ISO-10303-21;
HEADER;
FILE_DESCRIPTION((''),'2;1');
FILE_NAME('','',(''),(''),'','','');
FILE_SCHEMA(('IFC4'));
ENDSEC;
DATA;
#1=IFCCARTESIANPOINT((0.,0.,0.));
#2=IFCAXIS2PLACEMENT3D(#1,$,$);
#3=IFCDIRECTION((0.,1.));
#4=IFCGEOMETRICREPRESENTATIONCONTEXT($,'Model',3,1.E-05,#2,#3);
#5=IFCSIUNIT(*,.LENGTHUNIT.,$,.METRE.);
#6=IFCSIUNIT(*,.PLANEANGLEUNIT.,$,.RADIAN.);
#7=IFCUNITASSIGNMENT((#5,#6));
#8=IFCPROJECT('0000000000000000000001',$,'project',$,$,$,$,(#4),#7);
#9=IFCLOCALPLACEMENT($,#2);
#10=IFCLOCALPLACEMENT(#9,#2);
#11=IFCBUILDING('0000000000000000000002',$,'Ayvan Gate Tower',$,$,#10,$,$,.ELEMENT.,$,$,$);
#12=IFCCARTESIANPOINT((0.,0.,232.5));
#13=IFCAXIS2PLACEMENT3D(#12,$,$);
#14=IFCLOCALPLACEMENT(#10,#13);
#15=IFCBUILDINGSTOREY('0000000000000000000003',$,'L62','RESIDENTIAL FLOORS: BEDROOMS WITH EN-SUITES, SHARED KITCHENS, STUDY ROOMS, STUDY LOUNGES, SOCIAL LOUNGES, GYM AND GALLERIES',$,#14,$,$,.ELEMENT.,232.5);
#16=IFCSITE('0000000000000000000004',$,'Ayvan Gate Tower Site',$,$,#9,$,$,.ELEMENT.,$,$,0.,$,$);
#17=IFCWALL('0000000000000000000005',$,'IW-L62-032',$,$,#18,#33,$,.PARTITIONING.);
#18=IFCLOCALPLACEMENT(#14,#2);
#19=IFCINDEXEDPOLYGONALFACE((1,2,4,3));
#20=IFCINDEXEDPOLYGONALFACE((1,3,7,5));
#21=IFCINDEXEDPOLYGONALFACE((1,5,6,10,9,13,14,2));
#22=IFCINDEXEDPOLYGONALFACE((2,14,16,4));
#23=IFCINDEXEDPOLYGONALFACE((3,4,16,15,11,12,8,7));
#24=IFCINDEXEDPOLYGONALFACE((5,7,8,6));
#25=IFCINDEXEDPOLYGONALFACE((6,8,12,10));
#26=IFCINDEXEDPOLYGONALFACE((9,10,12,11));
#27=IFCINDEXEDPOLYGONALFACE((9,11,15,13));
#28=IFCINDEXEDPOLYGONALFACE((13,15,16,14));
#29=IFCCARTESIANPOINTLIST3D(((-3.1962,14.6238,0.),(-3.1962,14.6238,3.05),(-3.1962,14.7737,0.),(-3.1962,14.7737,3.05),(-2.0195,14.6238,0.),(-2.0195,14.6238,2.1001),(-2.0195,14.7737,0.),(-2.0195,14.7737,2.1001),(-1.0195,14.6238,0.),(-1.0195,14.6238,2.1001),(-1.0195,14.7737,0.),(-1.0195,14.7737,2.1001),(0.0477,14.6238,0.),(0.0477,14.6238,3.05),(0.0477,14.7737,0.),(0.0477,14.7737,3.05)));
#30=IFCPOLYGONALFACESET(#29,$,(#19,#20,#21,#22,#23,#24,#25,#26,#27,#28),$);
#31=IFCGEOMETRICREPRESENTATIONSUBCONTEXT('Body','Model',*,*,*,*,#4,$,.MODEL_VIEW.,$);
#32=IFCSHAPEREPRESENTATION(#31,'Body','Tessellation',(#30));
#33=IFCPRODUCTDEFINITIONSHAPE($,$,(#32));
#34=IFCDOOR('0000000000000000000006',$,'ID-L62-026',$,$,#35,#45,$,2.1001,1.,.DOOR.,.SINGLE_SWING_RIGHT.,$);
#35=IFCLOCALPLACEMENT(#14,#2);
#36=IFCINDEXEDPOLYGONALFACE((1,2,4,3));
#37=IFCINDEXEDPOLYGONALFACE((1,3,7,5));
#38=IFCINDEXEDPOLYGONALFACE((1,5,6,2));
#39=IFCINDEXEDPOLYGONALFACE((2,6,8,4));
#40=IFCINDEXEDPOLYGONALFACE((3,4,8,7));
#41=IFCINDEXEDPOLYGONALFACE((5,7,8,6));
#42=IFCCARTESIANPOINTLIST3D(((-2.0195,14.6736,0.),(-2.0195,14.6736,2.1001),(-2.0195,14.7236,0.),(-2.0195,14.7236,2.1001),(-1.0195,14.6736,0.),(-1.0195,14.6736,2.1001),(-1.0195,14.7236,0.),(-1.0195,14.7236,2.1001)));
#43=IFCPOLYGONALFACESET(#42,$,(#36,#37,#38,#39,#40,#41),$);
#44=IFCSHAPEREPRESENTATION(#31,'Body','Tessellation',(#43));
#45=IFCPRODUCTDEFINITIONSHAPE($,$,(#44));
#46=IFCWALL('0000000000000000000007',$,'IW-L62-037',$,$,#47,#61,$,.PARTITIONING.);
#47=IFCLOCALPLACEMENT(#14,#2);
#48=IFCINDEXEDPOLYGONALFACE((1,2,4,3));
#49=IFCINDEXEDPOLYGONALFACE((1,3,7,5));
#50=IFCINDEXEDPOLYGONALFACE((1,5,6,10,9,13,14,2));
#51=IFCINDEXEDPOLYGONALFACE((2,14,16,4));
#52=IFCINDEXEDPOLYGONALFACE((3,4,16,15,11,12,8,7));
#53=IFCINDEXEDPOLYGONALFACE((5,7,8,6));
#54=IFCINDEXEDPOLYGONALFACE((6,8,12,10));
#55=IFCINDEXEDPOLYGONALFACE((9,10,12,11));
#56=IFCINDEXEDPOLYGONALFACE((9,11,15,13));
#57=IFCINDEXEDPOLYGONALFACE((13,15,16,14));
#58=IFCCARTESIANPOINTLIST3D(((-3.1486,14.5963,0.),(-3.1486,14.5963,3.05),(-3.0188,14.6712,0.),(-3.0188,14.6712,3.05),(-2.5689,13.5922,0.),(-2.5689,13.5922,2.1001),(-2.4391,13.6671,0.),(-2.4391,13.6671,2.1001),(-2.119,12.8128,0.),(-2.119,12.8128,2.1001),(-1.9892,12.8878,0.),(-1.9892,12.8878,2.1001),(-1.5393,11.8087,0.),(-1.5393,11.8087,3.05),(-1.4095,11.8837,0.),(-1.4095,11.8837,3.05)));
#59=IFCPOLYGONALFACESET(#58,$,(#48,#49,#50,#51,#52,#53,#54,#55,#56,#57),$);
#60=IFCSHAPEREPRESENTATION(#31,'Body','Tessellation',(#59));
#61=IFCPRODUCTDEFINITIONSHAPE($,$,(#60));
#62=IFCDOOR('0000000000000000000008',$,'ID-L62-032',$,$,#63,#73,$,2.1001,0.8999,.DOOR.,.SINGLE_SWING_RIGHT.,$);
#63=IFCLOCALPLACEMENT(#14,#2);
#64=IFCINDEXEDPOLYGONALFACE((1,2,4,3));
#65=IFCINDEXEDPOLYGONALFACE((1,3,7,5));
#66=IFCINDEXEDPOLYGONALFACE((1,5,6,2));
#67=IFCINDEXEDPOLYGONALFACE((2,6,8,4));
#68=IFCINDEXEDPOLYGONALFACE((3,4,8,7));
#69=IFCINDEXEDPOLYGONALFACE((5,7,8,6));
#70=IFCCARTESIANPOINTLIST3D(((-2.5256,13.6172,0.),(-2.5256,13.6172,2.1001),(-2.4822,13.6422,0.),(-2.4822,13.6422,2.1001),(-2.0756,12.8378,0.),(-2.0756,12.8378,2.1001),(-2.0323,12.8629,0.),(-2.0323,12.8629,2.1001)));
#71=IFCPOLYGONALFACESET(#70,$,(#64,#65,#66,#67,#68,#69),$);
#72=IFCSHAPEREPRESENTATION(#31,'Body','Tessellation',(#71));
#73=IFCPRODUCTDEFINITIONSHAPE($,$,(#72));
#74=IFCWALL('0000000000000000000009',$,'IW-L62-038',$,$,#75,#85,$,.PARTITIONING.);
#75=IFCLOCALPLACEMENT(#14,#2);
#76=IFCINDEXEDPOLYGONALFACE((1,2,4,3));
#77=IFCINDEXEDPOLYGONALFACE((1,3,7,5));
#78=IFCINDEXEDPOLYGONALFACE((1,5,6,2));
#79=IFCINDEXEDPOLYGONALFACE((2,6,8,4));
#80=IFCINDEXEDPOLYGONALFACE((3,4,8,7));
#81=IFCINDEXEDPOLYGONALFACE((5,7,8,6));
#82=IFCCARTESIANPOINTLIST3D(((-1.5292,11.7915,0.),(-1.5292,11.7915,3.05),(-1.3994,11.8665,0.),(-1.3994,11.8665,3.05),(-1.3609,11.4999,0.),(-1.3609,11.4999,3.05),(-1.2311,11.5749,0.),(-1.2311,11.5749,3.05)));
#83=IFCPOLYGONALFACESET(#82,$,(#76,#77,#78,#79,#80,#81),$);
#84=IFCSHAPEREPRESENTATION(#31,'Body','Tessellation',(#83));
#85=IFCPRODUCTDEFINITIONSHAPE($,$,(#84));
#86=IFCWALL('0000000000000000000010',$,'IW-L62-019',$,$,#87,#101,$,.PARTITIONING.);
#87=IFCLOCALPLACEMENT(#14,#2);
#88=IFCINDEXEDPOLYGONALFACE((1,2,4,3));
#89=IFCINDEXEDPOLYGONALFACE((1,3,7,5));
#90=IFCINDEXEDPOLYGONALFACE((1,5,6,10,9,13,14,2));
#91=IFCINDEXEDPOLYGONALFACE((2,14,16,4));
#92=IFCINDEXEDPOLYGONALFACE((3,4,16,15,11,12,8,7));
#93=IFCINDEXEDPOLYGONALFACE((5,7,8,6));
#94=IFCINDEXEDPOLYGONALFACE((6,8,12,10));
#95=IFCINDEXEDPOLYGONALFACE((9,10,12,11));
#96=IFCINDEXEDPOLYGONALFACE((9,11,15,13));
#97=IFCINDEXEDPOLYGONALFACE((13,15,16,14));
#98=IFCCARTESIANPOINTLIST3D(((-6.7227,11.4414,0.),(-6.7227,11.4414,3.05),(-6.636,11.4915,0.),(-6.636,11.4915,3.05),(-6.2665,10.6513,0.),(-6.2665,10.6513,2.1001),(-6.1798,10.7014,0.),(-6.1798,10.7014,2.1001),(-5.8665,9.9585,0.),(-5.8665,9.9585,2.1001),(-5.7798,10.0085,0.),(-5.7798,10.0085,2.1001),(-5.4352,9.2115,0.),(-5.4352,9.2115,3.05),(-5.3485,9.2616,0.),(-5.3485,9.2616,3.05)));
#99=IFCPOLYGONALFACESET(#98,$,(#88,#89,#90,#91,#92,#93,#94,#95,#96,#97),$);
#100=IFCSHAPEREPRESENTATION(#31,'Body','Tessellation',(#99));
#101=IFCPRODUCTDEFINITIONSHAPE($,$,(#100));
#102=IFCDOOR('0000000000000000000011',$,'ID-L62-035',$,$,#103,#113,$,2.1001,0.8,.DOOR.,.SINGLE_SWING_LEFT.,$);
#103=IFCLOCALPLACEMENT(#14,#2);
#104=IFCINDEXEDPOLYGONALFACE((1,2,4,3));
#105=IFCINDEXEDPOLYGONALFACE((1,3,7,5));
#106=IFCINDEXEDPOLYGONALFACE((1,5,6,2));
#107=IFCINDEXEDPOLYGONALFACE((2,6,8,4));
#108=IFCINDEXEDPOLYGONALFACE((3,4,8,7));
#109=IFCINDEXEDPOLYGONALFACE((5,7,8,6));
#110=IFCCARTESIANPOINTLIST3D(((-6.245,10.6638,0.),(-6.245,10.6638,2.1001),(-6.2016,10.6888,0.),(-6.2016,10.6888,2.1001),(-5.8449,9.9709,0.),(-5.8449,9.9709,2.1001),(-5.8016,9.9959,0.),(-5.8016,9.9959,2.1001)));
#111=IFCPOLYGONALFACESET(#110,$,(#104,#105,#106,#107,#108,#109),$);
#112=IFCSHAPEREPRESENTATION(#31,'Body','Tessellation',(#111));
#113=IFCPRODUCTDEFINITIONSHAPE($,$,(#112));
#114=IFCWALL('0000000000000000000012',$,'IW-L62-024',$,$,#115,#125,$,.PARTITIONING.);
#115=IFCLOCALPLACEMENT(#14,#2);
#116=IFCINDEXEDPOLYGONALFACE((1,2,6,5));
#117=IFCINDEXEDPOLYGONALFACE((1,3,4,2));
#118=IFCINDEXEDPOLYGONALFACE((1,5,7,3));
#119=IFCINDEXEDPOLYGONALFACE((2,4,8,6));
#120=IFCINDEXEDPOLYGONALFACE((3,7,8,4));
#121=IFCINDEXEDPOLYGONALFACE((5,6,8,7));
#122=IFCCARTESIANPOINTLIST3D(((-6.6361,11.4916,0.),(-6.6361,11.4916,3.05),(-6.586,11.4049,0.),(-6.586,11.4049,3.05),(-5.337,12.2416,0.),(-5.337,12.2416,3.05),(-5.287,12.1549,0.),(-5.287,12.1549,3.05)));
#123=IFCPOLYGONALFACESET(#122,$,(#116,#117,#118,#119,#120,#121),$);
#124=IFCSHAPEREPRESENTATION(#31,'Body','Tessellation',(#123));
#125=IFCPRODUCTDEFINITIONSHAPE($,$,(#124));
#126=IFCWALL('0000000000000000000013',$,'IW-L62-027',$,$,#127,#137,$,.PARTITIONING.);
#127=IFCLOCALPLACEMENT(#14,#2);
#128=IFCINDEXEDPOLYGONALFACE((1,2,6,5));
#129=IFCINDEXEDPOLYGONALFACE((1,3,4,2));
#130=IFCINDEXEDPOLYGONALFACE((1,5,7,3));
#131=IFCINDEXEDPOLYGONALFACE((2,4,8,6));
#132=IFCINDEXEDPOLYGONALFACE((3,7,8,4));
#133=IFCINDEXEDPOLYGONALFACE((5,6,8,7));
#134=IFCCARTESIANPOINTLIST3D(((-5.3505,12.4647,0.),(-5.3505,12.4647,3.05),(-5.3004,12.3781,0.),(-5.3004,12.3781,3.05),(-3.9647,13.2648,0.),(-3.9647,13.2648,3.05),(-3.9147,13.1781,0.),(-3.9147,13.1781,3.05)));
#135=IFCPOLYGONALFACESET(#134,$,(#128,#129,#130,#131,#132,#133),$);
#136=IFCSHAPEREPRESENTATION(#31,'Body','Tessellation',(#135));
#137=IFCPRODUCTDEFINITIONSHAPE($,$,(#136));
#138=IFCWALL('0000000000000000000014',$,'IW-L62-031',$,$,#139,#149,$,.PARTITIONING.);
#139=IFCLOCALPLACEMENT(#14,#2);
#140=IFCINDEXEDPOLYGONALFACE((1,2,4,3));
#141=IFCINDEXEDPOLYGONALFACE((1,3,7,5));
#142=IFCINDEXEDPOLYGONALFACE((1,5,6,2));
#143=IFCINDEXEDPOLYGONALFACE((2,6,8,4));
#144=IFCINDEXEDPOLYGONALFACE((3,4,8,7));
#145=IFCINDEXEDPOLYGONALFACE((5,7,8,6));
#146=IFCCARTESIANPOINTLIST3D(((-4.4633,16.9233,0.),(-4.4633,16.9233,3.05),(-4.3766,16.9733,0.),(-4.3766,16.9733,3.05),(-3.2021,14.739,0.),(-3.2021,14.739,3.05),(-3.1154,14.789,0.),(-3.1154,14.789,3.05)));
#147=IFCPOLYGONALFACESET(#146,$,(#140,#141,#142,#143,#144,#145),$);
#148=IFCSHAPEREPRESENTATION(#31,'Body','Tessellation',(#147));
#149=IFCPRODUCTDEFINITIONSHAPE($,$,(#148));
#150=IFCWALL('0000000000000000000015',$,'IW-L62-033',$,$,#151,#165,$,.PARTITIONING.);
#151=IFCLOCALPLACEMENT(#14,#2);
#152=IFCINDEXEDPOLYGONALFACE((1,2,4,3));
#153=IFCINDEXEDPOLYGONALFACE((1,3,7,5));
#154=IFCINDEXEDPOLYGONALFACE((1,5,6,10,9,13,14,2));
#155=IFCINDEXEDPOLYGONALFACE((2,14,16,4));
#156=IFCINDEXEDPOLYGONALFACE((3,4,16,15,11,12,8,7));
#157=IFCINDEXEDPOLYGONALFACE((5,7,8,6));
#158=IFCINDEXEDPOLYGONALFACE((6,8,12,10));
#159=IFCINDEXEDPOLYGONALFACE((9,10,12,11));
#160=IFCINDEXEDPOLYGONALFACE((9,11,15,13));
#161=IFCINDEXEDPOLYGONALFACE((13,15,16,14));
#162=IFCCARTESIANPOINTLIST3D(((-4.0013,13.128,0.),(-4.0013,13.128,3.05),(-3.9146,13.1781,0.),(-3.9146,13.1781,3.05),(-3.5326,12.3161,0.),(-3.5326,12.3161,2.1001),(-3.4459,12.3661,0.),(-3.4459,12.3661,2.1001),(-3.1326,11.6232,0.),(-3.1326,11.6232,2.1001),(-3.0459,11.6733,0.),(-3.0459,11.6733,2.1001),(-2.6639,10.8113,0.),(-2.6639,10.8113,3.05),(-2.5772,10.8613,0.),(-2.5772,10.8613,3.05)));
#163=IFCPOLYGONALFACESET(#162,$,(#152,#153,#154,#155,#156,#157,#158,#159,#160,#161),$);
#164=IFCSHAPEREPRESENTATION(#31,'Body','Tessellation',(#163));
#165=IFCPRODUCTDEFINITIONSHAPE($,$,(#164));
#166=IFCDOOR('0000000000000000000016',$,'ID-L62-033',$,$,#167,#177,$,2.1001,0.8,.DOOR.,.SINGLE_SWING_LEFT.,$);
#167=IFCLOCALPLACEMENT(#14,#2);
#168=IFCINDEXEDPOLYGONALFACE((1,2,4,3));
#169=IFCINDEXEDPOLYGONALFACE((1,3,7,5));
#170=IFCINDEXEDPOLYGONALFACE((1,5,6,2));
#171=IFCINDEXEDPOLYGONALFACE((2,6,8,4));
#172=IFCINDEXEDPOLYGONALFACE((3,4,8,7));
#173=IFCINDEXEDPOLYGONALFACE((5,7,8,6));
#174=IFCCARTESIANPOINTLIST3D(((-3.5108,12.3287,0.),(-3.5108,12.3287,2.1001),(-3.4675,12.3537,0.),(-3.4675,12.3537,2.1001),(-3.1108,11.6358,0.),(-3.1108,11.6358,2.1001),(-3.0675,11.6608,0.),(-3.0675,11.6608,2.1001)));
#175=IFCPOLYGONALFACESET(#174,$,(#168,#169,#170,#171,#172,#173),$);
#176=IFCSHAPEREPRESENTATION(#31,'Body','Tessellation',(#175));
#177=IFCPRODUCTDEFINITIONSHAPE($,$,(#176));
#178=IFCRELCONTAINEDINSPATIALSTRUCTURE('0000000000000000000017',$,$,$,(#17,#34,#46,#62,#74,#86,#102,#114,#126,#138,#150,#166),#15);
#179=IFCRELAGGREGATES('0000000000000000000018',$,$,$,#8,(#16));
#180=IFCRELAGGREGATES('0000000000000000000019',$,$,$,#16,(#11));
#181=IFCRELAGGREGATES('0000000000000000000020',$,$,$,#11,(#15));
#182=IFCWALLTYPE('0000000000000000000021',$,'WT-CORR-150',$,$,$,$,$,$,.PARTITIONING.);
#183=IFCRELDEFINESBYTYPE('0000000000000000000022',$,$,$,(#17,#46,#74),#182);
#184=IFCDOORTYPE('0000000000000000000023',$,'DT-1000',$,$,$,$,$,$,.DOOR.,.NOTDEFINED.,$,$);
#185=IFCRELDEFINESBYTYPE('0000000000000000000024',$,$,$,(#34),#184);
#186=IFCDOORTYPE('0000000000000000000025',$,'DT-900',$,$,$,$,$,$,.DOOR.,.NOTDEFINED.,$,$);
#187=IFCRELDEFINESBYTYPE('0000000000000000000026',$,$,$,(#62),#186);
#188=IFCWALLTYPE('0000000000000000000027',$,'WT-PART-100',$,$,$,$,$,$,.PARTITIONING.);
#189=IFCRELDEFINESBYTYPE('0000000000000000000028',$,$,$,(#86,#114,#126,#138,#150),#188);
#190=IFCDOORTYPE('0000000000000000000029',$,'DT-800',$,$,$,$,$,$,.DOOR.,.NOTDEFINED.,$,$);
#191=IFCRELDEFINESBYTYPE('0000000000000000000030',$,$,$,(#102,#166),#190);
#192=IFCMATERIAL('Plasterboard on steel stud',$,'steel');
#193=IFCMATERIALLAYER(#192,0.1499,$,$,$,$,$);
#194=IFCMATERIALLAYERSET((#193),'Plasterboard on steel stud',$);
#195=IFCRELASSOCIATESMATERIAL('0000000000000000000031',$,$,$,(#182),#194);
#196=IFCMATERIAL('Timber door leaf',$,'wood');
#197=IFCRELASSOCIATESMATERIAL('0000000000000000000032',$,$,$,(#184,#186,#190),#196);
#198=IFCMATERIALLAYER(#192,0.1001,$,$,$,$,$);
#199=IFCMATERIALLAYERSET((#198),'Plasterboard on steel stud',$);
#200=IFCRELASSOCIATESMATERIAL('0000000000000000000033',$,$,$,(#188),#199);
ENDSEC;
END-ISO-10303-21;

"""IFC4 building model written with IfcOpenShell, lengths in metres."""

from ifc_helpers import new_model, si_unit, direction, frame, frame_2d, origin, place, context, subcontext, project, spatial, rectangle, extrude, material, layer, layer_set, type_object, element, fill, save


model = new_model("IFC4")

# Units and contexts
model_context = context("Model", 3, precision=1e-05, world=origin(), true_north=direction((0.0, 1.0)))
body_context = subcontext(model_context, "Body", "Model", "MODEL_VIEW")
ifc_project = project(units=[si_unit("LENGTHUNIT", "METRE"), si_unit("PLANEANGLEUNIT", "RADIAN")], contexts=[model_context])

# Site, building, storey
site_placement = place(None, origin())
site = spatial("IfcSite", under=ifc_project, at=site_placement, Name="Ayvan Gate Tower Site", CompositionType="ELEMENT", RefElevation=0.0)
building_placement = place(site_placement, origin())
building = spatial("IfcBuilding", under=site, at=building_placement, Name="Ayvan Gate Tower", CompositionType="ELEMENT")
storey_placement = place(building_placement, frame((0.0, 0.0, 232.5)))
storey = spatial("IfcBuildingStorey", under=building, at=storey_placement, Name="L62", Description="RESIDENTIAL FLOORS: BEDROOMS WITH EN-SUITES, SHARED KITCHENS, STUDY ROOMS, STUDY LOUNGES, SOCIAL LOUNGES, GYM AND GALLERIES", CompositionType="ELEMENT", Elevation=232.5)

# Walls, openings, doors
ifc_material_1 = material(Name="Plasterboard on steel stud", Category="steel")
ifc_layer_1 = layer(ifc_material_1, 0.1499)
ifc_layer_set_1 = layer_set([ifc_layer_1], Name="Plasterboard on steel stud")
wall_type_1 = type_object("IfcWallType", Name="WT-CORR-150", PredefinedType="PARTITIONING", material=ifc_layer_set_1)
wall_1_placement = place(storey_placement, frame((-3.1963, 14.6987, 0.0), z_axis=(0.0, 0.0, 1.0), x_axis=(1.0, 0.0, 0.0)))
wall_1 = element("IfcWall", 1, at=wall_1_placement, inside=storey, type_object=wall_type_1, Name="IW-L62-032", PredefinedType="PARTITIONING", context=body_context, shape_type="SweptSolid", body=[
    extrude(rectangle(XDim=3.2439, YDim=0.1499, at=frame_2d((1.6221, 0.0))), origin(), (0.0, 0.0, 1.0), 3.05),
])
opening_1_placement = place(wall_1_placement, frame((1.1768, 0.0, 0.0)))
opening_1 = element("IfcOpeningElement", 2, at=opening_1_placement, cuts=wall_1, PredefinedType="OPENING", context=body_context, shape_type="SweptSolid", body=[
    extrude(rectangle(XDim=1.0, YDim=2.1001, at=frame_2d((0.5, 1.05))), frame((0.0, 0.085, 0.0), z_axis=(0.0, -1.0, 0.0), x_axis=(1.0, 0.0, 0.0)), (0.0, 0.0, 1.0), 0.1699),
])
ifc_material_2 = material(Name="Timber door leaf", Category="wood")
door_type_1 = type_object("IfcDoorType", Name="DT-1000", OperationType="NOTDEFINED", PredefinedType="DOOR", material=ifc_material_2)
door_1_placement = place(opening_1_placement, origin())
door_1 = element("IfcDoor", 3, at=door_1_placement, inside=storey, type_object=door_type_1, Name="ID-L62-026", OperationType="SINGLE_SWING_RIGHT", OverallHeight=2.1001, OverallWidth=1.0, PredefinedType="DOOR", context=body_context, shape_type="SweptSolid", body=[
    extrude(rectangle(XDim=1.0, YDim=2.1001, at=frame_2d((0.5, 1.05))), frame((0.0, 0.0249, 0.0), z_axis=(0.0, -1.0, 0.0), x_axis=(1.0, 0.0, 0.0)), (0.0, 0.0, 1.0), 0.05),
])
fill(opening_1, door_1)
wall_2_placement = place(storey_placement, frame((-1.4744, 11.8462, 0.0), z_axis=(0.0, 0.0, 1.0), x_axis=(-0.499989, 0.866031, 0.0)))
wall_2 = element("IfcWall", 4, at=wall_2_placement, inside=storey, type_object=wall_type_1, Name="IW-L62-037", PredefinedType="PARTITIONING", context=body_context, shape_type="SweptSolid", body=[
    extrude(rectangle(XDim=3.2188, YDim=0.1499, at=frame_2d((1.6094, 0.0))), origin(), (0.0, 0.0, 1.0), 3.05),
])
opening_2_placement = place(wall_2_placement, frame((1.1594, 0.0, 0.0)))
opening_2 = element("IfcOpeningElement", 5, at=opening_2_placement, cuts=wall_2, PredefinedType="OPENING", context=body_context, shape_type="SweptSolid", body=[
    extrude(rectangle(XDim=0.8999, YDim=2.1001, at=frame_2d((0.45, 1.05))), frame((0.0, 0.085, 0.0), z_axis=(0.0, -1.0, 0.0), x_axis=(1.0, 0.0, 0.0)), (0.0, 0.0, 1.0), 0.1699),
])
door_type_2 = type_object("IfcDoorType", Name="DT-900", OperationType="NOTDEFINED", PredefinedType="DOOR", material=ifc_material_2)
door_2_placement = place(opening_2_placement, origin())
door_2 = element("IfcDoor", 6, at=door_2_placement, inside=storey, type_object=door_type_2, Name="ID-L62-032", OperationType="SINGLE_SWING_RIGHT", OverallHeight=2.1001, OverallWidth=0.8999, PredefinedType="DOOR", context=body_context, shape_type="SweptSolid", body=[
    extrude(rectangle(XDim=0.8999, YDim=2.1001, at=frame_2d((0.45, 1.05))), frame((0.0, 0.0249, 0.0), z_axis=(0.0, -1.0, 0.0), x_axis=(1.0, 0.0, 0.0)), (0.0, 0.0, 1.0), 0.05),
])
fill(opening_2, door_2)

# Wall
wall_3_placement = place(storey_placement, frame((-1.4644, 11.8291, 0.0), z_axis=(0.0, 0.0, 1.0), x_axis=(0.499806, -0.866137, 0.0)))
element("IfcWall", 7, at=wall_3_placement, inside=storey, type_object=wall_type_1, Name="IW-L62-038", PredefinedType="PARTITIONING", context=body_context, shape_type="SweptSolid", body=[
    extrude(rectangle(XDim=0.3367, YDim=0.1499, at=frame_2d((0.1685, 0.0))), origin(), (0.0, 0.0, 1.0), 3.05),
])

# Wall, opening, door
ifc_layer_2 = layer(ifc_material_1, 0.1001)
ifc_layer_set_2 = layer_set([ifc_layer_2], Name="Plasterboard on steel stud")
wall_type_2 = type_object("IfcWallType", Name="WT-PART-100", PredefinedType="PARTITIONING", material=ifc_layer_set_2)
wall_4_placement = place(storey_placement, frame((-6.6794, 11.4666, 0.0), z_axis=(0.0, 0.0, 1.0), x_axis=(0.500034, -0.866006, 0.0)))
wall_4 = element("IfcWall", 8, at=wall_4_placement, inside=storey, type_object=wall_type_2, Name="IW-L62-019", PredefinedType="PARTITIONING", context=body_context, shape_type="SweptSolid", body=[
    extrude(rectangle(XDim=2.575, YDim=0.1001, at=frame_2d((1.2876, 0.0))), origin(), (0.0, 0.0, 1.0), 3.05),
])
opening_3_placement = place(wall_4_placement, frame((0.9126, 0.0, 0.0)))
opening_3 = element("IfcOpeningElement", 9, at=opening_3_placement, cuts=wall_4, PredefinedType="OPENING", context=body_context, shape_type="SweptSolid", body=[
    extrude(rectangle(XDim=0.8, YDim=2.1001, at=frame_2d((0.3999, 1.05))), frame((0.0, 0.0601, 0.0), z_axis=(0.0, -1.0, 0.0), x_axis=(1.0, 0.0, 0.0)), (0.0, 0.0, 1.0), 0.1201),
])
door_type_3 = type_object("IfcDoorType", Name="DT-800", OperationType="NOTDEFINED", PredefinedType="DOOR", material=ifc_material_2)
door_3_placement = place(opening_3_placement, origin())
door_3 = element("IfcDoor", 10, at=door_3_placement, inside=storey, type_object=door_type_3, Name="ID-L62-035", OperationType="SINGLE_SWING_LEFT", OverallHeight=2.1001, OverallWidth=0.8, PredefinedType="DOOR", context=body_context, shape_type="SweptSolid", body=[
    extrude(rectangle(XDim=0.8, YDim=2.1001, at=frame_2d((0.3999, 1.05))), frame((0.0, 0.0249, 0.0), z_axis=(0.0, -1.0, 0.0), x_axis=(1.0, 0.0, 0.0)), (0.0, 0.0, 1.0), 0.05),
])
fill(opening_3, door_3)

# Walls
wall_5_placement = place(storey_placement, frame((-5.312, 12.1982, 0.0), z_axis=(0.0, 0.0, 1.0), x_axis=(-0.866031, -0.49999, 0.0)))
element("IfcWall", 11, at=wall_5_placement, inside=storey, type_object=wall_type_2, Name="IW-L62-024", PredefinedType="PARTITIONING", context=body_context, shape_type="SweptSolid", body=[
    extrude(rectangle(XDim=1.5, YDim=0.1001, at=frame_2d((0.75, 0.0))), origin(), (0.0, 0.0, 1.0), 3.05),
])
wall_6_placement = place(storey_placement, frame((-3.9397, 13.2214, 0.0), z_axis=(0.0, 0.0, 1.0), x_axis=(-0.866028, -0.499995, 0.0)))
element("IfcWall", 12, at=wall_6_placement, inside=storey, type_object=wall_type_2, Name="IW-L62-027", PredefinedType="PARTITIONING", context=body_context, shape_type="SweptSolid", body=[
    extrude(rectangle(XDim=1.6001, YDim=0.1001, at=frame_2d((0.8, 0.0))), origin(), (0.0, 0.0, 1.0), 3.05),
])
wall_7_placement = place(storey_placement, frame((-3.1587, 14.7639, 0.0), z_axis=(0.0, 0.0, 1.0), x_axis=(-0.500032, 0.866007, 0.0)))
element("IfcWall", 13, at=wall_7_placement, inside=storey, type_object=wall_type_2, Name="IW-L62-031", PredefinedType="PARTITIONING", context=body_context, shape_type="SweptSolid", body=[
    extrude(rectangle(XDim=2.5222, YDim=0.1001, at=frame_2d((1.2612, 0.0))), origin(), (0.0, 0.0, 1.0), 3.05),
])

# Wall, opening, door
wall_8_placement = place(storey_placement, frame((-2.6206, 10.8364, 0.0), z_axis=(0.0, 0.0, 1.0), x_axis=(-0.499967, 0.866044, 0.0)))
wall_8 = element("IfcWall", 14, at=wall_8_placement, inside=storey, type_object=wall_type_2, Name="IW-L62-033", PredefinedType="PARTITIONING", context=body_context, shape_type="SweptSolid", body=[
    extrude(rectangle(XDim=2.675, YDim=0.1001, at=frame_2d((1.3374, 0.0))), origin(), (0.0, 0.0, 1.0), 3.05),
])
opening_4_placement = place(wall_8_placement, frame((0.9375, 0.0, 0.0)))
opening_4 = element("IfcOpeningElement", 15, at=opening_4_placement, cuts=wall_8, PredefinedType="OPENING", context=body_context, shape_type="SweptSolid", body=[
    extrude(rectangle(XDim=0.8, YDim=2.1001, at=frame_2d((0.3999, 1.05))), frame((0.0, 0.0601, 0.0), z_axis=(0.0, -1.0, 0.0), x_axis=(1.0, 0.0, 0.0)), (0.0, 0.0, 1.0), 0.1201),
])
door_4_placement = place(opening_4_placement, origin())
door_4 = element("IfcDoor", 16, at=door_4_placement, inside=storey, type_object=door_type_3, Name="ID-L62-033", OperationType="SINGLE_SWING_LEFT", OverallHeight=2.1001, OverallWidth=0.8, PredefinedType="DOOR", context=body_context, shape_type="SweptSolid", body=[
    extrude(rectangle(XDim=0.8, YDim=2.1001, at=frame_2d((0.3999, 1.05))), frame((0.0, 0.0249, 0.0), z_axis=(0.0, -1.0, 0.0), x_axis=(1.0, 0.0, 0.0)), (0.0, 0.0, 1.0), 0.05),
])
fill(opening_4, door_4)

save(model, "model.ifc")
